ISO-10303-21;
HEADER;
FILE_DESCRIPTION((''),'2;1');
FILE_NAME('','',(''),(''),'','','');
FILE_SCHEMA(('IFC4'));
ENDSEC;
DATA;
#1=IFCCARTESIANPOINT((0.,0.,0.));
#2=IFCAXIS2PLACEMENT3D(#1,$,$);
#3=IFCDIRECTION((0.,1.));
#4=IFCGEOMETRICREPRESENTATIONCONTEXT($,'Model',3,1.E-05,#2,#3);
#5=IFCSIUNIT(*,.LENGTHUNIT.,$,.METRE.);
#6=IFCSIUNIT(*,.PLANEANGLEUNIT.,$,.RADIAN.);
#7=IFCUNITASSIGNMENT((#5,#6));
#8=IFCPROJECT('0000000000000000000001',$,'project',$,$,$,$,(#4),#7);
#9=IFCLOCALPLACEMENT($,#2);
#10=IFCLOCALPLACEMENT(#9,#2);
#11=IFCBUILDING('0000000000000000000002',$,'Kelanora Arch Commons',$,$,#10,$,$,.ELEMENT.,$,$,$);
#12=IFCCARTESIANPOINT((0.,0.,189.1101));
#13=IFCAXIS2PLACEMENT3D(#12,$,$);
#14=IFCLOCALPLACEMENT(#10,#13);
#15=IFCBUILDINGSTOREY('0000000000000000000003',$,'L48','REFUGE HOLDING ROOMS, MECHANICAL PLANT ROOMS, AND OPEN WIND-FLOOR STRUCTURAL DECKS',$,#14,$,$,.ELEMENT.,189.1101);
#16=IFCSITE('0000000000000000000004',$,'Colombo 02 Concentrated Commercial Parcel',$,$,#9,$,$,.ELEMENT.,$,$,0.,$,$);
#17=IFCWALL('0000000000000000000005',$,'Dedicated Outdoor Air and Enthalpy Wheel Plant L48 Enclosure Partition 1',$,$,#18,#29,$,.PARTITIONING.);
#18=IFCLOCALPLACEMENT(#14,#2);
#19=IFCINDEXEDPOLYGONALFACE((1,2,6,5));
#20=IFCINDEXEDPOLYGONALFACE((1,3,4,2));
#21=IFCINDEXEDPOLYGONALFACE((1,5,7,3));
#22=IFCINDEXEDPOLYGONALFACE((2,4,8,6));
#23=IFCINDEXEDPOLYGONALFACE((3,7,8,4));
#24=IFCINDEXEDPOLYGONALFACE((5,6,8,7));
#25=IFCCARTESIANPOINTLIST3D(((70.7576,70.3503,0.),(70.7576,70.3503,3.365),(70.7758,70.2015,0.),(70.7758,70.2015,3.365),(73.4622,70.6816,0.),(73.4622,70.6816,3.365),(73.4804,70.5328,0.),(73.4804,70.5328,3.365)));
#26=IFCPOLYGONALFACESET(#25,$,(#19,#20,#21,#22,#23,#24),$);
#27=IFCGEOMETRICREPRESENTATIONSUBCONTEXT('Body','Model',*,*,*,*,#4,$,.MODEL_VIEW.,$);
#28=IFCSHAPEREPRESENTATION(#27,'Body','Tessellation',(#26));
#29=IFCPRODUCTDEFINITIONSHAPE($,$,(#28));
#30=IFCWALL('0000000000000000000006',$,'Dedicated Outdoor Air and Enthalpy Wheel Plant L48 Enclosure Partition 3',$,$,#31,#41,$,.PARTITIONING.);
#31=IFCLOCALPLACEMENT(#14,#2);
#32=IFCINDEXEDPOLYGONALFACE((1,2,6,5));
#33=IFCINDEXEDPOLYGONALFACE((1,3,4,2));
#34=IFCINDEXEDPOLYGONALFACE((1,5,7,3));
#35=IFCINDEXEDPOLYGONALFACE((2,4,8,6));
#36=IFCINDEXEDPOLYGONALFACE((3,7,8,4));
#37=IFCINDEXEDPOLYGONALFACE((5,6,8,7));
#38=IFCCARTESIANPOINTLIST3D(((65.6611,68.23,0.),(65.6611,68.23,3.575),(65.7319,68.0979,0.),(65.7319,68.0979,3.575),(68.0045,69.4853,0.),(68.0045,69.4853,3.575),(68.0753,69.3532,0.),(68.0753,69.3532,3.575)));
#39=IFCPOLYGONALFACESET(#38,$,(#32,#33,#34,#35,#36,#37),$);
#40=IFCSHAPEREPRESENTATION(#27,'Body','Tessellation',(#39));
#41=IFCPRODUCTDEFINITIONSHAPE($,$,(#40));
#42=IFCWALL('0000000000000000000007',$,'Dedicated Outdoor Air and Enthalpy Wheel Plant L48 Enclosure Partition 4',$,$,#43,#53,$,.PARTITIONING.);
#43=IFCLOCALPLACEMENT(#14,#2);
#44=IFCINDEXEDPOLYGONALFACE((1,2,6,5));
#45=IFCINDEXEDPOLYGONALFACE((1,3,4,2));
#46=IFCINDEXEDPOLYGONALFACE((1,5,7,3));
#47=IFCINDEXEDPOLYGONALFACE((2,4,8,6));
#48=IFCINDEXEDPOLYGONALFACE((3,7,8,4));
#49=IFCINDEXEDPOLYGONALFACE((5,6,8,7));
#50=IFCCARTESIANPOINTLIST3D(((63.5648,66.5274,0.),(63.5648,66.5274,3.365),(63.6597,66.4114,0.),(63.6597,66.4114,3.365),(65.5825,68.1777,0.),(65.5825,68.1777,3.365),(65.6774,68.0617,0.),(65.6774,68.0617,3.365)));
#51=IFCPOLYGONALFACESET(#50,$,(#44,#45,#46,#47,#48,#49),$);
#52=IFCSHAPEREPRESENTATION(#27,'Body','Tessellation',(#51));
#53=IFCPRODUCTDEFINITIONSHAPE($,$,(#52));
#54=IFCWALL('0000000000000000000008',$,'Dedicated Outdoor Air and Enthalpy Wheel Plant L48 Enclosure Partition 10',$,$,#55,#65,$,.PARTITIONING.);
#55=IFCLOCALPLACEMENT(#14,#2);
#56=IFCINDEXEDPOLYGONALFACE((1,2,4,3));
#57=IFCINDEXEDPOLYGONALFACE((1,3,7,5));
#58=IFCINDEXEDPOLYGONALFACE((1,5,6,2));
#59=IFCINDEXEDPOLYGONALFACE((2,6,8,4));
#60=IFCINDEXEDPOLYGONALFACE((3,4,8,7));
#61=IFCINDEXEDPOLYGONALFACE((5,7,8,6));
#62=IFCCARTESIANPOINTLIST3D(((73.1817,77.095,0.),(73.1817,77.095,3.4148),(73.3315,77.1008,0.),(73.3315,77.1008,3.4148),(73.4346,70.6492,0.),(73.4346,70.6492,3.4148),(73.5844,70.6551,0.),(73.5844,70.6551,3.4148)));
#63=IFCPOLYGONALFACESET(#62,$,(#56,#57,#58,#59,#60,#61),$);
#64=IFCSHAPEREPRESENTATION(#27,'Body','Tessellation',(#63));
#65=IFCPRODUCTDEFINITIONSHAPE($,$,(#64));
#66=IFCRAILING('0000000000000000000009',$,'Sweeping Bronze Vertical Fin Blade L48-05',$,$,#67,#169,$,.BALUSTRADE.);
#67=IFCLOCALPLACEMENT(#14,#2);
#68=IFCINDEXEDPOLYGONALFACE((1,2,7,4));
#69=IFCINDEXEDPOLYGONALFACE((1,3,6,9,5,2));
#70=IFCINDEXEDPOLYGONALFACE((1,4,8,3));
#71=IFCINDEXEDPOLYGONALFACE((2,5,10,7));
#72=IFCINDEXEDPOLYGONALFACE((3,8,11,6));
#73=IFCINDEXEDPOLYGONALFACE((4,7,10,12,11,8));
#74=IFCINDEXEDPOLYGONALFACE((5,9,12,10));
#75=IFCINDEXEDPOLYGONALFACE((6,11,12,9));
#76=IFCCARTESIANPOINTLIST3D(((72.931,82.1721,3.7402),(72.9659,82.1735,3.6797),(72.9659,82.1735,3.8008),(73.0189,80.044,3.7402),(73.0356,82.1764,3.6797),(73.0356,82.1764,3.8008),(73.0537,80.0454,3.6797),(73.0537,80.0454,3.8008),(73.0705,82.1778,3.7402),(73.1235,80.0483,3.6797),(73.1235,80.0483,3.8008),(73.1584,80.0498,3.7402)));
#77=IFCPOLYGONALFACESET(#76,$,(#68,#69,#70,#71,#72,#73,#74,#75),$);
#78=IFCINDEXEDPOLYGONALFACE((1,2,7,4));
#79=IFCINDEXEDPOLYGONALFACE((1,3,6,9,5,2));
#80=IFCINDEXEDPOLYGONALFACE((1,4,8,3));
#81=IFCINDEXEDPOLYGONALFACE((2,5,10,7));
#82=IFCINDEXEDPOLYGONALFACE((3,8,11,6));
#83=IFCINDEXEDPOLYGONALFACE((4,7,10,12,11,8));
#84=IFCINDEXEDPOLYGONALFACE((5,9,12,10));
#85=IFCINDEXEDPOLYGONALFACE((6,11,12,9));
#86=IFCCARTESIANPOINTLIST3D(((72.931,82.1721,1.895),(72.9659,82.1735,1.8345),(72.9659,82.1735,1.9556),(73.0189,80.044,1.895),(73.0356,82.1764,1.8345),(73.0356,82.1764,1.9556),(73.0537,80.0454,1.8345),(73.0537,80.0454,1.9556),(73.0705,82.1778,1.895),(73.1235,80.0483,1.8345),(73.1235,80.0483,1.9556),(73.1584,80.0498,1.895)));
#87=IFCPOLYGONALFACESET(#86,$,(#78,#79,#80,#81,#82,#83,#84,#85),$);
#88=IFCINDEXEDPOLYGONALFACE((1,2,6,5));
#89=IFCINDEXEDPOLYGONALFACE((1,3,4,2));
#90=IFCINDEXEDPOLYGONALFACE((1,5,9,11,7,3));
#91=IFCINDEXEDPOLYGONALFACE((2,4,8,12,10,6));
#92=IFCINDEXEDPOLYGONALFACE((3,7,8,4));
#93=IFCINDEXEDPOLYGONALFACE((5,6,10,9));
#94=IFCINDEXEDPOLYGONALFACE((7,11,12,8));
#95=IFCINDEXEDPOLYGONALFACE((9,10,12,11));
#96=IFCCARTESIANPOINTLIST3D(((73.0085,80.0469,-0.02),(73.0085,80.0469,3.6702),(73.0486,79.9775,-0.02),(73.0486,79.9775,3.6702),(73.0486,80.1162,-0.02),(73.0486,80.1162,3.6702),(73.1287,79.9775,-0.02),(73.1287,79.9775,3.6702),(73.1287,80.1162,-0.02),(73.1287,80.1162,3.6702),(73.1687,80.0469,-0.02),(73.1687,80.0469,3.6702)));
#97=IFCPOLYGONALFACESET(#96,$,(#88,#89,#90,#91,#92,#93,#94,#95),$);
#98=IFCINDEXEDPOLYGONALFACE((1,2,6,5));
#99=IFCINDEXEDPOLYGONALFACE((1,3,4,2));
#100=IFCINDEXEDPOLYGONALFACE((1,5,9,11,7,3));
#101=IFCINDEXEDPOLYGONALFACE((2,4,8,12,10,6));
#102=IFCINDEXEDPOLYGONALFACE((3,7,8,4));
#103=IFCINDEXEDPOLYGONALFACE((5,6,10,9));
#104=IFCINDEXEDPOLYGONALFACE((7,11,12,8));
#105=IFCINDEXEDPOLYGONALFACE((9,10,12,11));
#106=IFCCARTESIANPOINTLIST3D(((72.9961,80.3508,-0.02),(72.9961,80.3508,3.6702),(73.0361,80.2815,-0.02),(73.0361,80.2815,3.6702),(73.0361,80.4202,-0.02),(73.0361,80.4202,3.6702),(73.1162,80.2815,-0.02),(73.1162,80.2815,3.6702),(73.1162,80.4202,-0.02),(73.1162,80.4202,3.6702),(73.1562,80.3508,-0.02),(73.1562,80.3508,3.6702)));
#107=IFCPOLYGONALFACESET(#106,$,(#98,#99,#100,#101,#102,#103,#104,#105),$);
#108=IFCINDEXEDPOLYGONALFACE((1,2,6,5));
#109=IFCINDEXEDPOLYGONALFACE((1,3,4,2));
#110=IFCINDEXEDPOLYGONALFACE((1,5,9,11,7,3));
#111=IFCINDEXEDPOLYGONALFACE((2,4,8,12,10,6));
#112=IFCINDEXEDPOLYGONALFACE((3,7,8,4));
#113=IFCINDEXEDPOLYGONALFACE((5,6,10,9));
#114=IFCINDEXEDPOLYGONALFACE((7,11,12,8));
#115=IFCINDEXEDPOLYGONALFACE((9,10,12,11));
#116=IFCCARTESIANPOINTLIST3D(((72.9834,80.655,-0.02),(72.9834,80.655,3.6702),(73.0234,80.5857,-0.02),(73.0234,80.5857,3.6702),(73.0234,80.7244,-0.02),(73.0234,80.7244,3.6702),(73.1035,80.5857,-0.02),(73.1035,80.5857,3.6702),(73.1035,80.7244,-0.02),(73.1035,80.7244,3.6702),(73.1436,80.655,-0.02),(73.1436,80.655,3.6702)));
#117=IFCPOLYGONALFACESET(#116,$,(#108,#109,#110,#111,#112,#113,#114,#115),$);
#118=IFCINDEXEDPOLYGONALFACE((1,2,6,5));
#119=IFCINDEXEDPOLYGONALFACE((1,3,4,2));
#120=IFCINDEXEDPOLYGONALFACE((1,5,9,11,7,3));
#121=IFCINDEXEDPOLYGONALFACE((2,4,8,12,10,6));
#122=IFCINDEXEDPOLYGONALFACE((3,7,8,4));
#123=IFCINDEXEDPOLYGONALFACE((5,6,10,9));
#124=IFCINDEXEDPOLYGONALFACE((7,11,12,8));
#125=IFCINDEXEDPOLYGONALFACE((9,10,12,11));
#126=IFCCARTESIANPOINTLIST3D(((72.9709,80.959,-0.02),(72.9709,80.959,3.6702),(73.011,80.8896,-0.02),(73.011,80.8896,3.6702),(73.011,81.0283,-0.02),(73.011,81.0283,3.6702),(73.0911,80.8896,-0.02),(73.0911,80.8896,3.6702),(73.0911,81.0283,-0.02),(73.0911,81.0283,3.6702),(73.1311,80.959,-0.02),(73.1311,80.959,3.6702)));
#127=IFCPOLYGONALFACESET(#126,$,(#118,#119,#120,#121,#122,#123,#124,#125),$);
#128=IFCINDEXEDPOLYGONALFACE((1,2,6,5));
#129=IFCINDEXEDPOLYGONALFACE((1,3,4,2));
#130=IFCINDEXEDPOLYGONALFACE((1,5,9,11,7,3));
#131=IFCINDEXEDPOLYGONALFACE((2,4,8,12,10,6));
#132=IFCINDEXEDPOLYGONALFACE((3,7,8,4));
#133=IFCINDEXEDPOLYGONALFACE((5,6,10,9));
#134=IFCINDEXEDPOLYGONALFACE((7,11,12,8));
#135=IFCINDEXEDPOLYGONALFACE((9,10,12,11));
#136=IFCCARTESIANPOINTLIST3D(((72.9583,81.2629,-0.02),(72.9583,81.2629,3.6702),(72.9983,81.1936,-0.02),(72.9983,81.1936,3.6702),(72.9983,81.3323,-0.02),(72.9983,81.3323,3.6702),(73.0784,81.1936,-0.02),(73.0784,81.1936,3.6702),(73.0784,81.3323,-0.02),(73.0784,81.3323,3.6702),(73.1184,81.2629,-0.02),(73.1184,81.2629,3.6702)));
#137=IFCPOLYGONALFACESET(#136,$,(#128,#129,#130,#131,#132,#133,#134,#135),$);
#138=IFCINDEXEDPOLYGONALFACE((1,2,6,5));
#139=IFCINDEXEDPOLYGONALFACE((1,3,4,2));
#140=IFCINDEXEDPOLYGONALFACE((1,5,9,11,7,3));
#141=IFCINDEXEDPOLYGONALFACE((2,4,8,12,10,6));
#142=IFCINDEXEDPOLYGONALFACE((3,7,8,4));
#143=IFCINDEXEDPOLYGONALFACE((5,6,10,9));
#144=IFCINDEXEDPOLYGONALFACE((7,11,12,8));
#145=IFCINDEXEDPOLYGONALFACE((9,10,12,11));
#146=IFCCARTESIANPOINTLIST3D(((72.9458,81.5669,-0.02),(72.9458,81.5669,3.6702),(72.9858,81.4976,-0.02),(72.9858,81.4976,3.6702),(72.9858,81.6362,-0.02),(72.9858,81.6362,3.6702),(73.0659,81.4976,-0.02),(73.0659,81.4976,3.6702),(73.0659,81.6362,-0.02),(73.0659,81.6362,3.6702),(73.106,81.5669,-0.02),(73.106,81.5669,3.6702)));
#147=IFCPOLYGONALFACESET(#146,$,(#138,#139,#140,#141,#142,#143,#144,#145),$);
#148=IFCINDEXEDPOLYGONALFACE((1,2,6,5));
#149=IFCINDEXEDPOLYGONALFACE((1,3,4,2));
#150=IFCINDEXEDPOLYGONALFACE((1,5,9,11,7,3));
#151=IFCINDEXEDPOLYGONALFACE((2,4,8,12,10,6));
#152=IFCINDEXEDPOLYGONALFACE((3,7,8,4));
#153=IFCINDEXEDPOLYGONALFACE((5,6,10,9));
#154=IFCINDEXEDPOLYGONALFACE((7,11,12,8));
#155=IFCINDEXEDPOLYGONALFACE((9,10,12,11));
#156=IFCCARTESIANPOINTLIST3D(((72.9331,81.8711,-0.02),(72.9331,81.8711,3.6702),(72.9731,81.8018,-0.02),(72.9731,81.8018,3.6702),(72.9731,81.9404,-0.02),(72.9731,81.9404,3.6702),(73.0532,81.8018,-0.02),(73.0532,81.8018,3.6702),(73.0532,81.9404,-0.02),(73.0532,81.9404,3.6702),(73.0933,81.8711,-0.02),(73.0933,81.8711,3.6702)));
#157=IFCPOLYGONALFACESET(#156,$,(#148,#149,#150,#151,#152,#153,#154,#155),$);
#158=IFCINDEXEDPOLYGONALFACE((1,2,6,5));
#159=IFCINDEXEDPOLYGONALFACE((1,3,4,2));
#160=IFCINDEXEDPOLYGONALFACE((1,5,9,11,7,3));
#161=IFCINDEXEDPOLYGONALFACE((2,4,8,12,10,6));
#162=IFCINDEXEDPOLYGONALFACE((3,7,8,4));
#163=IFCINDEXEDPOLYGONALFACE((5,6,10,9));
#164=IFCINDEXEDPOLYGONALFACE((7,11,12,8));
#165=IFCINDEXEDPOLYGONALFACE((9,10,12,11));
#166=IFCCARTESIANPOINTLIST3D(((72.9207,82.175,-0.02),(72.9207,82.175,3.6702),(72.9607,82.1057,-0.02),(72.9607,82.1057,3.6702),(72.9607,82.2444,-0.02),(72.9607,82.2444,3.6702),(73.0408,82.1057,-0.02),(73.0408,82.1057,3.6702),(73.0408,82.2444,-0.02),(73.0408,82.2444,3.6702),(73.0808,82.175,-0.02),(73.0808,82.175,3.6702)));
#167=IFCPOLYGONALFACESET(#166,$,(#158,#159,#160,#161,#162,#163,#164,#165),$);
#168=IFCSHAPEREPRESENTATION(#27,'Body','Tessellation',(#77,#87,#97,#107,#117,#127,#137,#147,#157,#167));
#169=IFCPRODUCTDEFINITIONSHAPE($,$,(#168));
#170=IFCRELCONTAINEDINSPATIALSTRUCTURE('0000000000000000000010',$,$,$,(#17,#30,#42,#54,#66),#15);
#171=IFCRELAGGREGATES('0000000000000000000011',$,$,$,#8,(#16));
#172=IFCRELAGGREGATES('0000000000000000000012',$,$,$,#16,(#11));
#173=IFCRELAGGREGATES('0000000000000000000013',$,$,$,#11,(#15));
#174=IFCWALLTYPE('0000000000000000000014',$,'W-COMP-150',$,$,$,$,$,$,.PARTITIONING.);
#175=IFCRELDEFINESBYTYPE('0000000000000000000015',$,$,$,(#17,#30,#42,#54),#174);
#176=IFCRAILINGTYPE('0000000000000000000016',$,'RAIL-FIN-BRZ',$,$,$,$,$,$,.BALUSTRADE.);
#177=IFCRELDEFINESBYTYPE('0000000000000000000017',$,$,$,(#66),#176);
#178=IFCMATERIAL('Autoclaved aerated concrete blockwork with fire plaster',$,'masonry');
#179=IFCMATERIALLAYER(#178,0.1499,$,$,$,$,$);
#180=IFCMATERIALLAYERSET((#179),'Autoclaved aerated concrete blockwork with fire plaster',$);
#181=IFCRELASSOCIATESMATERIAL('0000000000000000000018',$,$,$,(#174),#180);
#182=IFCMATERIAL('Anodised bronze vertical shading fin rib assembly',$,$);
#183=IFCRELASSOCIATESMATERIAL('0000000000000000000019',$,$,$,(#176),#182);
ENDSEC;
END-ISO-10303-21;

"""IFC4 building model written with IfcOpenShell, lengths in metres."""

from ifc_helpers import new_model, si_unit, direction, frame, frame_2d, origin, place, context, subcontext, project, spatial, polyline, rectangle, outline, extrude, material, layer, layer_set, type_object, element, save


model = new_model("IFC4")

# Units and contexts
model_context = context("Model", 3, precision=1e-05, world=origin(), true_north=direction((0.0, 1.0)))
body_context = subcontext(model_context, "Body", "Model", "MODEL_VIEW")
ifc_project = project(units=[si_unit("LENGTHUNIT", "METRE"), si_unit("PLANEANGLEUNIT", "RADIAN")], contexts=[model_context])

# Site, building, storey
site_placement = place(None, origin())
site = spatial("IfcSite", under=ifc_project, at=site_placement, Name="Colombo 02 Concentrated Commercial Parcel", CompositionType="ELEMENT", RefElevation=0.0)
building_placement = place(site_placement, origin())
building = spatial("IfcBuilding", under=site, at=building_placement, Name="Kelanora Arch Commons", CompositionType="ELEMENT")
storey_placement = place(building_placement, frame((0.0, 0.0, 189.1101)))
storey = spatial("IfcBuildingStorey", under=building, at=storey_placement, Name="L48", Description="REFUGE HOLDING ROOMS, MECHANICAL PLANT ROOMS, AND OPEN WIND-FLOOR STRUCTURAL DECKS", CompositionType="ELEMENT", Elevation=189.1101)

# Shared definitions
ifc_material_1 = material(Name="Autoclaved aerated concrete blockwork with fire plaster", Category="masonry")
ifc_layer_1 = layer(ifc_material_1, 0.1499)
ifc_layer_set_1 = layer_set([ifc_layer_1], Name="Autoclaved aerated concrete blockwork with fire plaster")
wall_type_1 = type_object("IfcWallType", Name="W-COMP-150", PredefinedType="PARTITIONING", material=ifc_layer_set_1)

# Walls
wall_1_placement = place(storey_placement, frame((73.4712, 70.6072, 0.0), z_axis=(0.0, 0.0, 1.0), x_axis=(-0.992581, -0.121586, 0.0)))
element("IfcWall", 1, at=wall_1_placement, inside=storey, type_object=wall_type_1, Name="Dedicated Outdoor Air and Enthalpy Wheel Plant L48 Enclosure Partition 1", PredefinedType="PARTITIONING", context=body_context, shape_type="SweptSolid", body=[
    extrude(rectangle(XDim=2.7249, YDim=0.1499, at=frame_2d((1.3623, 0.0))), origin(), (0.0, 0.0, 1.0), 3.365),
])
wall_2_placement = place(storey_placement, frame((68.0398, 69.4192, 0.0), z_axis=(0.0, 0.0, 1.0), x_axis=(-0.881492, -0.472198, 0.0)))
element("IfcWall", 2, at=wall_2_placement, inside=storey, type_object=wall_type_1, Name="Dedicated Outdoor Air and Enthalpy Wheel Plant L48 Enclosure Partition 3", PredefinedType="PARTITIONING", context=body_context, shape_type="SweptSolid", body=[
    extrude(rectangle(XDim=2.6584, YDim=0.1499, at=frame_2d((1.3291, 0.0))), origin(), (0.0, 0.0, 1.0), 3.575),
])
wall_3_placement = place(storey_placement, frame((65.6299, 68.1196, 0.0), z_axis=(0.0, 0.0, 1.0), x_axis=(-0.774062, -0.63311, 0.0)))
element("IfcWall", 3, at=wall_3_placement, inside=storey, type_object=wall_type_1, Name="Dedicated Outdoor Air and Enthalpy Wheel Plant L48 Enclosure Partition 4", PredefinedType="PARTITIONING", context=body_context, shape_type="SweptSolid", body=[
    extrude(rectangle(XDim=2.6067, YDim=0.1499, at=frame_2d((1.3032, 0.0))), origin(), (0.0, 0.0, 1.0), 3.365),
])
wall_4_placement = place(storey_placement, frame((73.2566, 77.0979, 0.0), z_axis=(0.0, 0.0, 1.0), x_axis=(0.039209, -0.999231, 0.0)))
element("IfcWall", 4, at=wall_4_placement, inside=storey, type_object=wall_type_1, Name="Dedicated Outdoor Air and Enthalpy Wheel Plant L48 Enclosure Partition 10", PredefinedType="PARTITIONING", context=body_context, shape_type="SweptSolid", body=[
    extrude(rectangle(XDim=6.4507, YDim=0.1499, at=frame_2d((3.2253, 0.0))), origin(), (0.0, 0.0, 1.0), 3.4148),
])

# Railing
ifc_material_2 = material(Name="Anodised bronze vertical shading fin rib assembly")
railing_type = type_object("IfcRailingType", Name="RAIL-FIN-BRZ", PredefinedType="BALUSTRADE", material=ifc_material_2)
railing_1_placement = place(storey_placement, frame((73.0886, 80.0469, -0.02)))
element("IfcRailing", 5, at=railing_1_placement, inside=storey, type_object=railing_type, Name="Sweeping Bronze Vertical Fin Blade L48-05", PredefinedType="BALUSTRADE", context=body_context, shape_type="SweptSolid", body=[
    extrude(outline(polyline([(0.0698, 0.0), (0.0349, 0.0605), (-0.0349, 0.0605), (-0.0698, 0.0), (-0.0349, -0.0605), (0.0349, -0.0605), (0.0698, 0.0)])), frame((0.0, 0.0, 3.7603), z_axis=(-0.041263, 0.999148, 0.0), x_axis=(-0.999148, -0.041263, 0.0)), (0.0, 0.0, 1.0), 2.1299),
    extrude(outline(polyline([(0.0698, 0.0), (0.0349, 0.0605), (-0.0349, 0.0605), (-0.0698, 0.0), (-0.0349, -0.0605), (0.0349, -0.0605), (0.0698, 0.0)])), frame((0.0, 0.0, 1.915), z_axis=(-0.041263, 0.999148, 0.0), x_axis=(-0.999148, -0.041263, 0.0)), (0.0, 0.0, 1.0), 2.1299),
    extrude(outline(polyline([(0.0801, 0.0), (0.04, 0.0693), (-0.04, 0.0693), (-0.0801, 0.0), (-0.04, -0.0693), (0.04, -0.0693), (0.0801, 0.0)])), origin(), (0.0, 0.0, 1.0), 3.6902),
    extrude(outline(polyline([(0.0801, 0.0), (0.04, 0.0693), (-0.04, 0.0693), (-0.0801, 0.0), (-0.04, -0.0693), (0.04, -0.0693), (0.0801, 0.0)])), frame((-0.0125, 0.304, 0.0)), (0.0, 0.0, 1.0), 3.6902),
    extrude(outline(polyline([(0.0801, 0.0), (0.04, 0.0693), (-0.04, 0.0693), (-0.0801, 0.0), (-0.04, -0.0693), (0.04, -0.0693), (0.0801, 0.0)])), frame((-0.0251, 0.6082, 0.0)), (0.0, 0.0, 1.0), 3.6902),
    extrude(outline(polyline([(0.0801, 0.0), (0.04, 0.0693), (-0.04, 0.0693), (-0.0801, 0.0), (-0.04, -0.0693), (0.04, -0.0693), (0.0801, 0.0)])), frame((-0.0376, 0.9121, 0.0)), (0.0, 0.0, 1.0), 3.6902),
    extrude(outline(polyline([(0.0801, 0.0), (0.04, 0.0693), (-0.04, 0.0693), (-0.0801, 0.0), (-0.04, -0.0693), (0.04, -0.0693), (0.0801, 0.0)])), frame((-0.0503, 1.2161, 0.0)), (0.0, 0.0, 1.0), 3.6902),
    extrude(outline(polyline([(0.0801, 0.0), (0.04, 0.0693), (-0.04, 0.0693), (-0.0801, 0.0), (-0.04, -0.0693), (0.04, -0.0693), (0.0801, 0.0)])), frame((-0.0627, 1.52, 0.0)), (0.0, 0.0, 1.0), 3.6902),
    extrude(outline(polyline([(0.0801, 0.0), (0.04, 0.0693), (-0.04, 0.0693), (-0.0801, 0.0), (-0.04, -0.0693), (0.04, -0.0693), (0.0801, 0.0)])), frame((-0.0754, 1.8242, 0.0)), (0.0, 0.0, 1.0), 3.6902),
    extrude(outline(polyline([(0.0801, 0.0), (0.04, 0.0693), (-0.04, 0.0693), (-0.0801, 0.0), (-0.04, -0.0693), (0.04, -0.0693), (0.0801, 0.0)])), frame((-0.0879, 2.1282, 0.0)), (0.0, 0.0, 1.0), 3.6902),
])

save(model, "model.ifc")
